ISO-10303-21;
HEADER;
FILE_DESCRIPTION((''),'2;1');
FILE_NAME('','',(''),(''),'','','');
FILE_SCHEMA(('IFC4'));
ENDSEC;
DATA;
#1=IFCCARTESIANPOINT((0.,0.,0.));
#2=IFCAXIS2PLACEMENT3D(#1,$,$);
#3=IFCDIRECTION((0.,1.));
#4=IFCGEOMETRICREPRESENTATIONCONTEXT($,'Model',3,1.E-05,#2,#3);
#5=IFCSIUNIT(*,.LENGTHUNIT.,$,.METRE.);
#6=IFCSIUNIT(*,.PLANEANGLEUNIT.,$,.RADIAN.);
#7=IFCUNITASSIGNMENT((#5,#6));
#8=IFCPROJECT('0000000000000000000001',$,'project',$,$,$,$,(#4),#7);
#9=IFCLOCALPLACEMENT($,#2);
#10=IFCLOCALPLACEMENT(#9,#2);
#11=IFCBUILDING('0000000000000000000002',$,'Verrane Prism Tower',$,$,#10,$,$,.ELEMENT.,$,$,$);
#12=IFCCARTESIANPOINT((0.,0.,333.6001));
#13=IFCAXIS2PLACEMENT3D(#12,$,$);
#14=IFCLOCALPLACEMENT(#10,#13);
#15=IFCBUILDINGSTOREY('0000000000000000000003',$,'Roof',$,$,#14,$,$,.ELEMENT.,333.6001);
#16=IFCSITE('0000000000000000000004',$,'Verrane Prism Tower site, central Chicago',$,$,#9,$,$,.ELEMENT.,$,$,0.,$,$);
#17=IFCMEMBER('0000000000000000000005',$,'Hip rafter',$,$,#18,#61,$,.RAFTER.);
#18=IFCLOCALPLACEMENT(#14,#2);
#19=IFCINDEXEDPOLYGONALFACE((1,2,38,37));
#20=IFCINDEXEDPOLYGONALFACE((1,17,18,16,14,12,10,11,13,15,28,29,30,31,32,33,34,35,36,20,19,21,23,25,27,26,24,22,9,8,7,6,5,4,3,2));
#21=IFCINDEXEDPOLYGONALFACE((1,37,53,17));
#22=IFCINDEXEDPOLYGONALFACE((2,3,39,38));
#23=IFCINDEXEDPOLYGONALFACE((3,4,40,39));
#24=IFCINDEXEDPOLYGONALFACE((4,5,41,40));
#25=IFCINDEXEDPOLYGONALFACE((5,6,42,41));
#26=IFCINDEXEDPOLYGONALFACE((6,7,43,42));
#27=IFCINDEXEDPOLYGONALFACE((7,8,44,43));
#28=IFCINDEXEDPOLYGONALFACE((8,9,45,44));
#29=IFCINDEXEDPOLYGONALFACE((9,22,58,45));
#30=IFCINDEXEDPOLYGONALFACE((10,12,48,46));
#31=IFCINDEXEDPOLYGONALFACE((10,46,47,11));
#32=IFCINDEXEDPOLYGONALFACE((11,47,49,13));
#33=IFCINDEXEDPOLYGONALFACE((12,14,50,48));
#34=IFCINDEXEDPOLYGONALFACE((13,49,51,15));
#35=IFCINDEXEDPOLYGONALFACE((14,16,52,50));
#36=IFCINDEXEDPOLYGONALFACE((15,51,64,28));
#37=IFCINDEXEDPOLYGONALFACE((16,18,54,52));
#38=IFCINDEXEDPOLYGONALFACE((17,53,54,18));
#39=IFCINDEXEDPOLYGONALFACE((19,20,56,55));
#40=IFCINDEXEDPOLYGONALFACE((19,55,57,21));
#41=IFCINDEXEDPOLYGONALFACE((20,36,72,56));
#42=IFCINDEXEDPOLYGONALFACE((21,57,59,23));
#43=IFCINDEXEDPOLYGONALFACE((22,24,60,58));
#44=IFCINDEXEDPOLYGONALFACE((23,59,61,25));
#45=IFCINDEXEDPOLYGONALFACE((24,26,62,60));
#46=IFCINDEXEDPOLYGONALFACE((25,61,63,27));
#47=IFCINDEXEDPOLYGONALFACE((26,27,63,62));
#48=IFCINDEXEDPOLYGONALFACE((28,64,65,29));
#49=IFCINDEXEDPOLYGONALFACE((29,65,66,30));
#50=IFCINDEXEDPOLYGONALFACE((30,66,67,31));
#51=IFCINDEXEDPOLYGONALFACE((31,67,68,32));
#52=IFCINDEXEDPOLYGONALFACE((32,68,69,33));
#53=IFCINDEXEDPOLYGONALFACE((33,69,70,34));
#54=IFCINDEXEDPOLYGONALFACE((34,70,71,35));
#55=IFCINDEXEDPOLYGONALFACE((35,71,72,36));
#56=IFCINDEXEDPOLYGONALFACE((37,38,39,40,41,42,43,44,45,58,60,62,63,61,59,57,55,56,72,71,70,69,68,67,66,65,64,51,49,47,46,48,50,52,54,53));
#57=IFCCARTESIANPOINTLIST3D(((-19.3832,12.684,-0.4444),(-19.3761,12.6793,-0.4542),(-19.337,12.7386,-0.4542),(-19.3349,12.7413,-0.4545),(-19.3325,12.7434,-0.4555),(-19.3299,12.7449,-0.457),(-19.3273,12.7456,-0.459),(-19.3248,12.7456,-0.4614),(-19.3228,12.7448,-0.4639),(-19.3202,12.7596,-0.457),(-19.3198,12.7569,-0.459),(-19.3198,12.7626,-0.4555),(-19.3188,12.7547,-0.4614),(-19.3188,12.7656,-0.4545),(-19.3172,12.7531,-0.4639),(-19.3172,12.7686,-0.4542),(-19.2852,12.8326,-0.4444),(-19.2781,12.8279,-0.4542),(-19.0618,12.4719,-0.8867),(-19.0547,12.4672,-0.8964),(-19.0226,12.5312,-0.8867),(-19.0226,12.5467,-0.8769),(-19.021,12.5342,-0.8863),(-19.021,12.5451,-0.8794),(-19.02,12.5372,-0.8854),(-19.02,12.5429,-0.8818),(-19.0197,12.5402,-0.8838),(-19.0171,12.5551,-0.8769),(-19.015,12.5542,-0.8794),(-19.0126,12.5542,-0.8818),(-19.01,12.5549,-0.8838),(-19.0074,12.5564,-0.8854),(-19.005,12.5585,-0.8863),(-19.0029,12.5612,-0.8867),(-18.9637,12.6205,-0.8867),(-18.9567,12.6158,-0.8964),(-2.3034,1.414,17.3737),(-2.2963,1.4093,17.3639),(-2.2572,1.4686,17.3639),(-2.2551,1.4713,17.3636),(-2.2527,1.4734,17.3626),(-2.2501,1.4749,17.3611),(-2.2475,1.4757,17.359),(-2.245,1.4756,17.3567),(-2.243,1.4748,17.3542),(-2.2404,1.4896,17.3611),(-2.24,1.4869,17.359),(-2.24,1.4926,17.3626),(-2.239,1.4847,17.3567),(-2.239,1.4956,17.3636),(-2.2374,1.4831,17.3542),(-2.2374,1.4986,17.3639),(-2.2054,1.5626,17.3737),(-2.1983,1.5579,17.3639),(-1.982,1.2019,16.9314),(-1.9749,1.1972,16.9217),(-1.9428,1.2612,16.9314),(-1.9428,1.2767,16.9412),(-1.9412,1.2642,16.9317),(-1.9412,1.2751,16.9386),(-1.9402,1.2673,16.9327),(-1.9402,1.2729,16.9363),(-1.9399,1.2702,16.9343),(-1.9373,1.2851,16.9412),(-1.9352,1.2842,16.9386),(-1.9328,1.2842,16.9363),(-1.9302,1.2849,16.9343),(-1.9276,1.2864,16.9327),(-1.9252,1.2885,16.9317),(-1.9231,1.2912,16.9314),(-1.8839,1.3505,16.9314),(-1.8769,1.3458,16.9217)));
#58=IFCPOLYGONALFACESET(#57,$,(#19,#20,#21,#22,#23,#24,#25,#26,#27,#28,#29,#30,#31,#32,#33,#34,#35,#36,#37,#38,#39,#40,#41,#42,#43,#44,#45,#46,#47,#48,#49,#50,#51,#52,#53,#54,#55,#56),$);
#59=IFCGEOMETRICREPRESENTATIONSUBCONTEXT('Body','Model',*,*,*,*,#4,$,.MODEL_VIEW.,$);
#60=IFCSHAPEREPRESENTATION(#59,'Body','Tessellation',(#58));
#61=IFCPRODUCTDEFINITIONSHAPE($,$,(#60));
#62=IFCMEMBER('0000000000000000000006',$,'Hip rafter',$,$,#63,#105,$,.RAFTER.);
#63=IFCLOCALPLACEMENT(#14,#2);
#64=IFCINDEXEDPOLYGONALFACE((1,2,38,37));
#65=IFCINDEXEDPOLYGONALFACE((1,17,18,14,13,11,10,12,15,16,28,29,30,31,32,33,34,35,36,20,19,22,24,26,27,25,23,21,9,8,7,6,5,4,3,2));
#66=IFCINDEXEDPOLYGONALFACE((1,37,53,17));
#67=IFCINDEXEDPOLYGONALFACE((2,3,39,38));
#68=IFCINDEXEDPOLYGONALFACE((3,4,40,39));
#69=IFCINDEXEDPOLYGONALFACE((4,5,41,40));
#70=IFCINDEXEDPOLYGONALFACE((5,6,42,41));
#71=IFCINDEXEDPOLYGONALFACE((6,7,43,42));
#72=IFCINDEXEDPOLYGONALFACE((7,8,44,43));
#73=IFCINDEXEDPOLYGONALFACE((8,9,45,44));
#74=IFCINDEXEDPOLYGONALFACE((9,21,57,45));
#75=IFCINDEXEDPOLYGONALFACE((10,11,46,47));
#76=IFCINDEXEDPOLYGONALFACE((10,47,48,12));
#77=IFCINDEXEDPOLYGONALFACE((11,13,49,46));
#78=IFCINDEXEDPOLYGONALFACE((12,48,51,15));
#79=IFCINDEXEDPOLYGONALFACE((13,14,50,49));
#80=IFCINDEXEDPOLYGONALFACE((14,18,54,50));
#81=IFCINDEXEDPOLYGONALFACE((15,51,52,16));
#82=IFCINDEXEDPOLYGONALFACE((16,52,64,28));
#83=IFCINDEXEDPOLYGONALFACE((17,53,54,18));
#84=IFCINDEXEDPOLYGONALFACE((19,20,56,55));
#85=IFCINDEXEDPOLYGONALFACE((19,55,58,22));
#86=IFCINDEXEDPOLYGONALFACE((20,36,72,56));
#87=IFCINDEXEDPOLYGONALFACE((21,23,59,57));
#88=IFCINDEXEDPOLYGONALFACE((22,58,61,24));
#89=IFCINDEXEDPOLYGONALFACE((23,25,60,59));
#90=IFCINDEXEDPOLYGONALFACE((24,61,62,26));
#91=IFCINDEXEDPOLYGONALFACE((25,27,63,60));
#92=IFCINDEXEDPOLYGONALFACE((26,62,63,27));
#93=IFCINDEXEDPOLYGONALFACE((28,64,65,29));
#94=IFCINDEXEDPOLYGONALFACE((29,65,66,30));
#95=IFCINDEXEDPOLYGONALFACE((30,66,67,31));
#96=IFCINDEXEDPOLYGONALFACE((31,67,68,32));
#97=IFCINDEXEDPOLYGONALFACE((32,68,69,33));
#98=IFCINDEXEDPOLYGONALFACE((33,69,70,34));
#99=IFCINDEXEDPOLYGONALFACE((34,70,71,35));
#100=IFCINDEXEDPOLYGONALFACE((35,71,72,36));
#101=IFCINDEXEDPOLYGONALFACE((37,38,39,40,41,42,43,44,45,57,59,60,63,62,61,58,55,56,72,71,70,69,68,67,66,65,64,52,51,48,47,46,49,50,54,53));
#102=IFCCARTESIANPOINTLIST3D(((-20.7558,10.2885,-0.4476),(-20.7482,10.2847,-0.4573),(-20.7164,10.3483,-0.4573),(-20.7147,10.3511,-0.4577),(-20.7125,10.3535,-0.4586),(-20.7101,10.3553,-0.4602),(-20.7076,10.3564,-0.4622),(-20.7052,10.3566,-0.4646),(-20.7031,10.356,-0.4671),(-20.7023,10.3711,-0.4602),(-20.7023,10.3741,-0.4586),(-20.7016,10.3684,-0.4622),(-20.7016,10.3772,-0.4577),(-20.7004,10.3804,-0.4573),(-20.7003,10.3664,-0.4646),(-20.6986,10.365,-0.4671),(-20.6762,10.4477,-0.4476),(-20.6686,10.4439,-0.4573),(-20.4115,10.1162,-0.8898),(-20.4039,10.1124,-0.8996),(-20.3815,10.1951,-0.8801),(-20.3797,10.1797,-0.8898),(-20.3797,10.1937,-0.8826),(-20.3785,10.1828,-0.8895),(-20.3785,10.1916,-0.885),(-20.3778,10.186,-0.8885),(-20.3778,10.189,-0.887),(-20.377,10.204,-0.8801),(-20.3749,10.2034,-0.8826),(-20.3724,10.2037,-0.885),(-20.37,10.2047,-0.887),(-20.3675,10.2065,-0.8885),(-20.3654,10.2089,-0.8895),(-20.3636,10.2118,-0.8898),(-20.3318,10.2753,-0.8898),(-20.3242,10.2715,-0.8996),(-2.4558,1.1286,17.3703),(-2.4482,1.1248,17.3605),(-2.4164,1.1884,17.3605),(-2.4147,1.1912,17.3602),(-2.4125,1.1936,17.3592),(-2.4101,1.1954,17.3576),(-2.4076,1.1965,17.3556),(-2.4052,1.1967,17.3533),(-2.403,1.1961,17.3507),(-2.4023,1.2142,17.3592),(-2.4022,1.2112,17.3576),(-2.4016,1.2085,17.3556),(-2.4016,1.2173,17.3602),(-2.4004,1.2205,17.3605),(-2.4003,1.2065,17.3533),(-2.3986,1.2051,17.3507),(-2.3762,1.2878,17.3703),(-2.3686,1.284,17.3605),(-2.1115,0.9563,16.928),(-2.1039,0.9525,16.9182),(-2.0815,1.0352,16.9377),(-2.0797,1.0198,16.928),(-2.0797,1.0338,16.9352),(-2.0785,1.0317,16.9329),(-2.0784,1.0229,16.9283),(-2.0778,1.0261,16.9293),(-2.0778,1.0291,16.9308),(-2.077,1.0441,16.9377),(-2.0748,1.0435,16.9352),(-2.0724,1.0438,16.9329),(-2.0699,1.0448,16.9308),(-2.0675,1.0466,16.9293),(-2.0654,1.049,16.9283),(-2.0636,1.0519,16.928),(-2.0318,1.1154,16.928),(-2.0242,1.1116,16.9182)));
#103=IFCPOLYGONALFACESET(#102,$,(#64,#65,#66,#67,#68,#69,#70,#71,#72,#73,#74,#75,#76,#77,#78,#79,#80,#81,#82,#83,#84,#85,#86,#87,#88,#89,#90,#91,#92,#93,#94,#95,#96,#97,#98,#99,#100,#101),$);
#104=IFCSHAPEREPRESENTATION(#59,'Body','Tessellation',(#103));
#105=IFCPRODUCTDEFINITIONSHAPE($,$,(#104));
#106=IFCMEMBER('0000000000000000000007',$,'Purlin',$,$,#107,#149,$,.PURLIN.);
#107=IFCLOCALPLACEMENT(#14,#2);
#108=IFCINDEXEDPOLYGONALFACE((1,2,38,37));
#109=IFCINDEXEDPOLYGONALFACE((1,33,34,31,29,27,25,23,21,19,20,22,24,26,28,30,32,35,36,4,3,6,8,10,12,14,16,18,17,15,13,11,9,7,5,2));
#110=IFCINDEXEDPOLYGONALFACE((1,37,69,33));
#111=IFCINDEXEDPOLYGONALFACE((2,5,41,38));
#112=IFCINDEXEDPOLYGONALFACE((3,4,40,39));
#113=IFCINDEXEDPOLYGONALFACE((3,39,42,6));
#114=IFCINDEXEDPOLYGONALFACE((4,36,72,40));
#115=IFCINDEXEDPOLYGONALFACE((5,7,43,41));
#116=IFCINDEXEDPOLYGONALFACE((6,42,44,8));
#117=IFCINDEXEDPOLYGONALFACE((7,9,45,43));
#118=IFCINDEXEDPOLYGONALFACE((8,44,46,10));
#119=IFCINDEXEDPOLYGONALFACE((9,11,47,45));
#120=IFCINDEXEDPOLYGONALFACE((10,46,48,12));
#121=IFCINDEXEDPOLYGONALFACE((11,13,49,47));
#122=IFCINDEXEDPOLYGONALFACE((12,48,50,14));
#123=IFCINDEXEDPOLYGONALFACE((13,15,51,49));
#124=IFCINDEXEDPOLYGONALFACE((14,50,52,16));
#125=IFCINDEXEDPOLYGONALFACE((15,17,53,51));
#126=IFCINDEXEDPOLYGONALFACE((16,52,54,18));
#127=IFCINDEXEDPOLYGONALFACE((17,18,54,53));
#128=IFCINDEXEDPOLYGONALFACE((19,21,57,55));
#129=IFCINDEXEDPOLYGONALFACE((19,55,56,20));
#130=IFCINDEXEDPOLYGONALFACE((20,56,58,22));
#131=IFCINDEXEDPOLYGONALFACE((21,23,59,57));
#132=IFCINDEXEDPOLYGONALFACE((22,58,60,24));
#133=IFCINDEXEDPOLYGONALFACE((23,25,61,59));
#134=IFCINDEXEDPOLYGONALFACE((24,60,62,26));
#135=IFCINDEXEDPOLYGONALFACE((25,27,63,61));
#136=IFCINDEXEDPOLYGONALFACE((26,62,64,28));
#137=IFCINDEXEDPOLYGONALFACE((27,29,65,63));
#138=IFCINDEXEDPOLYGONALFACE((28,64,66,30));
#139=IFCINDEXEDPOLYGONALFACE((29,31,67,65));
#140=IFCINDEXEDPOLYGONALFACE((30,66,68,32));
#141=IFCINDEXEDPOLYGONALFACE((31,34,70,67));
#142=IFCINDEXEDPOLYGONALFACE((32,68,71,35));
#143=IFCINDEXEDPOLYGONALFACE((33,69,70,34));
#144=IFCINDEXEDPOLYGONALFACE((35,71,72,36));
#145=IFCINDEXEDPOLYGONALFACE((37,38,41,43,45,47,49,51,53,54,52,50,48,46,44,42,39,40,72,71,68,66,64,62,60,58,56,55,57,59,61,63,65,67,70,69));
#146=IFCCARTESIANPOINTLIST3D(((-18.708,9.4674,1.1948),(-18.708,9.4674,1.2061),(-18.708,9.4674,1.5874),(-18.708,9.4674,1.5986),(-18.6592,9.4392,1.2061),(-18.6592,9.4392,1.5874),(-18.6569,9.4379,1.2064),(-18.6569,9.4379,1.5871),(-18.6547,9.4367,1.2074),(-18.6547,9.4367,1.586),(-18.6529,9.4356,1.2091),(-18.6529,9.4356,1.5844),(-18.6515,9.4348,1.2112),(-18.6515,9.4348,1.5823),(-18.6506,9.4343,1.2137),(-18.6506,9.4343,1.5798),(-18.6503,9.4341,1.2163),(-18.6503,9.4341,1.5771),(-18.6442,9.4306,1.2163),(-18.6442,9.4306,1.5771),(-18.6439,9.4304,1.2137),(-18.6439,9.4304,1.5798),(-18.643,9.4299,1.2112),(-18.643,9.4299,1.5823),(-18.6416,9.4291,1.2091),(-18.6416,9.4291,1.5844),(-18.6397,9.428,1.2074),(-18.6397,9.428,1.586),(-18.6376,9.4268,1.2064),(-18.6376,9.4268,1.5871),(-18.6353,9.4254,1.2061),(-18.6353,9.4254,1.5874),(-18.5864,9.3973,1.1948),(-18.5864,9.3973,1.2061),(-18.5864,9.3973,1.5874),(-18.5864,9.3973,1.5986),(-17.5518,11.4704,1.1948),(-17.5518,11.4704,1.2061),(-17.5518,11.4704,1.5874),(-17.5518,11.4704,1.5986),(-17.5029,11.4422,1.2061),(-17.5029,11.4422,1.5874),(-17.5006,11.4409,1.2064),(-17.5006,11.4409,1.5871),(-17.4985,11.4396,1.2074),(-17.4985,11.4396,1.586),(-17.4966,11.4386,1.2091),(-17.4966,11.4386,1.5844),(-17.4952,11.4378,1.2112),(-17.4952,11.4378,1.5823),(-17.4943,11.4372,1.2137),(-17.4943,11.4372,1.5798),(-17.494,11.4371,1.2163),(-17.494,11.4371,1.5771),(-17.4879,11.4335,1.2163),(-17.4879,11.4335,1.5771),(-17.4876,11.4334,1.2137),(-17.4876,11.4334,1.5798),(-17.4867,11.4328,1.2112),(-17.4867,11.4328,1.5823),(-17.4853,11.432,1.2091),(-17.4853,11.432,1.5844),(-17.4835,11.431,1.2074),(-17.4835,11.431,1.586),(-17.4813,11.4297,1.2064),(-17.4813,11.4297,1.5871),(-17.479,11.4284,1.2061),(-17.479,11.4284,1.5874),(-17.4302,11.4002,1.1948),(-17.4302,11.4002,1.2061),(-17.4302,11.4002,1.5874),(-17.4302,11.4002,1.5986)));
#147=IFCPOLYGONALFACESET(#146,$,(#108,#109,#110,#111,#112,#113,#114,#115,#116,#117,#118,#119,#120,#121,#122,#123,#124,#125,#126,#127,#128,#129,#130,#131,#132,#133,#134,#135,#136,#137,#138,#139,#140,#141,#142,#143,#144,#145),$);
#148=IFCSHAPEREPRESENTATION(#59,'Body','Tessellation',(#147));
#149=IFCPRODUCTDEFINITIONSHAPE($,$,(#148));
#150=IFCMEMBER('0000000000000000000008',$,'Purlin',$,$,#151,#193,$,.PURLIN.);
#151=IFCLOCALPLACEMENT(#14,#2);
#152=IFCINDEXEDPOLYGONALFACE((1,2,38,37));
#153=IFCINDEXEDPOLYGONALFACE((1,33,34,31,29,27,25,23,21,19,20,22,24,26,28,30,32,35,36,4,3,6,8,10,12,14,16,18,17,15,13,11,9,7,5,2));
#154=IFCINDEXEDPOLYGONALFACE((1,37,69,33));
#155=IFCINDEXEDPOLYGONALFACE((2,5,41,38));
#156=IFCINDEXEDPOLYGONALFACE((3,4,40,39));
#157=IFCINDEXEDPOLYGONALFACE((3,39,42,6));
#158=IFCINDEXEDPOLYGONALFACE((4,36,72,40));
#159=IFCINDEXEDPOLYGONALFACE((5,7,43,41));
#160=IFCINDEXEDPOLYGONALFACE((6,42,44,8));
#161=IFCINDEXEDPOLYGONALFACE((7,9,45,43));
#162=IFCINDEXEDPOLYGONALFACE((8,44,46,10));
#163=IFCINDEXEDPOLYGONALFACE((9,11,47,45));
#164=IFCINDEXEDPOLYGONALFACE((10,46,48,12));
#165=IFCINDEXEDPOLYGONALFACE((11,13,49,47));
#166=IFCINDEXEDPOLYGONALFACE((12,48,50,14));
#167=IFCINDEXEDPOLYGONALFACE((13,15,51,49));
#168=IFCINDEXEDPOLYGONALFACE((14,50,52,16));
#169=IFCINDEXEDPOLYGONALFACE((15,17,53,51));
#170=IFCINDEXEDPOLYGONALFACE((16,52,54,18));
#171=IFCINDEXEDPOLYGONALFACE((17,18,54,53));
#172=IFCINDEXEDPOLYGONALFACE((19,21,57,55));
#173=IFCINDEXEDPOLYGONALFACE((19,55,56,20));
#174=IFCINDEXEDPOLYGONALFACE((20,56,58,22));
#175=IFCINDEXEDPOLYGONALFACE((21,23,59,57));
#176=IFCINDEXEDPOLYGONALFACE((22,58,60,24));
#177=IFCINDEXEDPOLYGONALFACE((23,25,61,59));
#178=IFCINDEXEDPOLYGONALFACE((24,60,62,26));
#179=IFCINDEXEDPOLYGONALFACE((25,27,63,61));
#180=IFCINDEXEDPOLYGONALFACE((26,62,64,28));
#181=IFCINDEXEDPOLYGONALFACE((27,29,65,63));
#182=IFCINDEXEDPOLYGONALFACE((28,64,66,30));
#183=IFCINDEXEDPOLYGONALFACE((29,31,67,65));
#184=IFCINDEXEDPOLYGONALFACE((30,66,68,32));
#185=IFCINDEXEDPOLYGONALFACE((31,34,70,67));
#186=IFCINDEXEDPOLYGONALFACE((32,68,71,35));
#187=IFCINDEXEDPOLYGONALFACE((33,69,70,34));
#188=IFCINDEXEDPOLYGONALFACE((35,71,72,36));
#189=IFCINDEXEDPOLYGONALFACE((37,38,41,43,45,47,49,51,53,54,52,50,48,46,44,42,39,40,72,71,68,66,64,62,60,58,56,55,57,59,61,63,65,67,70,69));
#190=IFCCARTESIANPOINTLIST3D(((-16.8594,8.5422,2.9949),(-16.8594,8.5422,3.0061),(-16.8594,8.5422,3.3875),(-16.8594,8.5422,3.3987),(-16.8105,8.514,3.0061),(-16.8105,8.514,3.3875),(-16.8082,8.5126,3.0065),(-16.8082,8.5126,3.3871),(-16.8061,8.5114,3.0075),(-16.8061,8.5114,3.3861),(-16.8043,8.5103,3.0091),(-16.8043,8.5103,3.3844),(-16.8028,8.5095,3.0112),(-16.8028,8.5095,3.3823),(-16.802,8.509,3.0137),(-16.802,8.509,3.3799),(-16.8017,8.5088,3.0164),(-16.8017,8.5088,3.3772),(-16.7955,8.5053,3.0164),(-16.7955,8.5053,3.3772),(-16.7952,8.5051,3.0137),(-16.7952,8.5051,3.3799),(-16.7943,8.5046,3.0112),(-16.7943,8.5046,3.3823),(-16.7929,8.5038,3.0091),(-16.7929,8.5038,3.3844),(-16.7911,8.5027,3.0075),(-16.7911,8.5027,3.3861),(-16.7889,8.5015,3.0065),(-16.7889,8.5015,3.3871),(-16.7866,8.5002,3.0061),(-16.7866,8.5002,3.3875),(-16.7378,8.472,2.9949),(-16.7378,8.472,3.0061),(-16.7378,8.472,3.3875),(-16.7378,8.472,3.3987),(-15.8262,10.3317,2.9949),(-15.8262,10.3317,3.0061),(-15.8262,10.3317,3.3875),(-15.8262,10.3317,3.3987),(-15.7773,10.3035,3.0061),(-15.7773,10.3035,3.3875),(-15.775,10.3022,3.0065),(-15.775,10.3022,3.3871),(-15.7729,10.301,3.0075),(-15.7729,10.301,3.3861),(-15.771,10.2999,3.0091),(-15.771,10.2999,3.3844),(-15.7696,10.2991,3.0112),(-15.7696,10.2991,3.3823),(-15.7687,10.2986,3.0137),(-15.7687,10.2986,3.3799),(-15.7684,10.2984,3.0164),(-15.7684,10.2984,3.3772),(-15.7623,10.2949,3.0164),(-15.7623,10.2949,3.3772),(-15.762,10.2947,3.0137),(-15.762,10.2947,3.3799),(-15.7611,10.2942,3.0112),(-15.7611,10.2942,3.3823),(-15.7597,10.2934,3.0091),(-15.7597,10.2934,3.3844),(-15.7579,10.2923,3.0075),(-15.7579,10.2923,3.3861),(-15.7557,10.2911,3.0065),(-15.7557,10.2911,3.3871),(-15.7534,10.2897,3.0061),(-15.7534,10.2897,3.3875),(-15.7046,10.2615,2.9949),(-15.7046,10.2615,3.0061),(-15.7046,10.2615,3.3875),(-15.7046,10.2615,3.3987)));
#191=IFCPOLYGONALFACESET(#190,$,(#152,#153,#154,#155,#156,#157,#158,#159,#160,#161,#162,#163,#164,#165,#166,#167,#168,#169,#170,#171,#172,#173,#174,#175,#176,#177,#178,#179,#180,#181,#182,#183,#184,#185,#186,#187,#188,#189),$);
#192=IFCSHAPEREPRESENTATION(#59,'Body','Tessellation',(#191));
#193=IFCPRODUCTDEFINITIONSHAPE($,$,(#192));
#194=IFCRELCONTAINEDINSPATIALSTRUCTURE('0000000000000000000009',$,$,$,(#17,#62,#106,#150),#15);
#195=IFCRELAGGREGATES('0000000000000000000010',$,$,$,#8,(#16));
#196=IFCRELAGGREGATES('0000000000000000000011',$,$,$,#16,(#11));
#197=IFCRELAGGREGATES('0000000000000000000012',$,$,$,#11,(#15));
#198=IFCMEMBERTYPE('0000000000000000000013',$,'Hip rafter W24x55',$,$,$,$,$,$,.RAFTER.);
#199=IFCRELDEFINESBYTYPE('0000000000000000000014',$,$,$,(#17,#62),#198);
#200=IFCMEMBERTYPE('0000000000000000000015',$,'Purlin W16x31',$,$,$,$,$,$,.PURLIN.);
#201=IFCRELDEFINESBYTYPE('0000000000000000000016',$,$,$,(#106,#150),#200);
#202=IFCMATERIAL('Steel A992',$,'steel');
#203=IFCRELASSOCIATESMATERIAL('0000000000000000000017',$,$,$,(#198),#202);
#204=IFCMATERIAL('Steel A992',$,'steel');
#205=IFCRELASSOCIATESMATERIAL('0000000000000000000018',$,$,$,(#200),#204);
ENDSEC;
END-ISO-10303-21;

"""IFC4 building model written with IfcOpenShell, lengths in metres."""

from ifc_helpers import new_model, si_unit, direction, frame, origin, origin_2d, place, context, subcontext, project, spatial, i_section, extrude, material, material_profile, profile_set, type_object, element, save


model = new_model("IFC4")

# Units and contexts
model_context = context("Model", 3, precision=1e-05, world=origin(), true_north=direction((0.0, 1.0)))
body_context = subcontext(model_context, "Body", "Model", "MODEL_VIEW")
ifc_project = project(units=[si_unit("LENGTHUNIT", "METRE"), si_unit("PLANEANGLEUNIT", "RADIAN")], contexts=[model_context])

# Site, building, storey
site_placement = place(None, origin())
site = spatial("IfcSite", under=ifc_project, at=site_placement, Name="Verrane Prism Tower site, central Chicago", CompositionType="ELEMENT", RefElevation=0.0)
building_placement = place(site_placement, origin())
building = spatial("IfcBuilding", under=site, at=building_placement, Name="Verrane Prism Tower", CompositionType="ELEMENT")
storey_placement = place(building_placement, frame((0.0, 0.0, 333.6001)))
storey = spatial("IfcBuildingStorey", under=building, at=storey_placement, Name="Roof", CompositionType="ELEMENT", Elevation=333.6001)

# Members
ifc_material_1 = material(Name="Steel A992", Category="steel")
ifc_material_profile_1 = material_profile(ifc_material_1, i_section(OverallWidth=0.178, OverallDepth=0.5994, WebThickness=0.01, FlangeThickness=0.0129, FilletRadius=0.0129, at=origin_2d()), Name="W24x55")
ifc_profile_set_1 = profile_set([ifc_material_profile_1], Name="Steel A992")
member_type_1 = type_object("IfcMemberType", Name="Hip rafter W24x55", PredefinedType="RAFTER", material=ifc_profile_set_1)
member_1_placement = place(storey_placement, frame((-19.1699, 12.6499, -0.6704), z_axis=(0.629477, -0.415357, 0.656687), x_axis=(0.550751, 0.834669, 0.0)))
element("IfcMember", 1, at=member_1_placement, inside=storey, type_object=member_type_1, Name="Hip rafter", PredefinedType="RAFTER", context=body_context, shape_type="SweptSolid", body=[
    extrude(i_section(OverallWidth=0.178, OverallDepth=0.5994, WebThickness=0.01, FlangeThickness=0.0129, FilletRadius=0.0129, at=origin_2d()), origin(), (0.0, 0.0, 1.0), 27.1333),
])
member_2_placement = place(storey_placement, frame((-20.54, 10.28, -0.6736), z_axis=(0.674424, -0.337576, 0.656654), x_axis=(0.4476, 0.894234, 0.0)))
element("IfcMember", 2, at=member_2_placement, inside=storey, type_object=member_type_1, Name="Hip rafter", PredefinedType="RAFTER", context=body_context, shape_type="SweptSolid", body=[
    extrude(i_section(OverallWidth=0.178, OverallDepth=0.5994, WebThickness=0.01, FlangeThickness=0.0129, FilletRadius=0.0129, at=origin_2d()), origin(), (0.0, 0.0, 1.0), 27.1343),
])
ifc_material_2 = material(Name="Steel A992", Category="steel")
ifc_material_profile_2 = material_profile(ifc_material_2, i_section(OverallWidth=0.1404, OverallDepth=0.4038, WebThickness=0.0071, FlangeThickness=0.0112, FilletRadius=0.0103, at=origin_2d()), Name="W16x31")
ifc_profile_set_2 = profile_set([ifc_material_profile_2], Name="Steel A992")
member_type_2 = type_object("IfcMemberType", Name="Purlin W16x31", PredefinedType="PURLIN", material=ifc_profile_set_2)
member_3_placement = place(storey_placement, frame((-17.491, 11.4353, 1.3967), z_axis=(-0.499954, -0.866052, 0.0), x_axis=(0.866052, -0.499954, 0.0)))
element("IfcMember", 3, at=member_3_placement, inside=storey, type_object=member_type_2, Name="Purlin", PredefinedType="PURLIN", context=body_context, shape_type="SweptSolid", body=[
    extrude(i_section(OverallWidth=0.1404, OverallDepth=0.4038, WebThickness=0.0071, FlangeThickness=0.0112, FilletRadius=0.0103, at=origin_2d()), origin(), (0.0, 0.0, 1.0), 2.3127),
])
member_4_placement = place(storey_placement, frame((-15.7654, 10.2966, 3.1968), z_axis=(-0.500002, -0.866024, 0.0), x_axis=(0.866024, -0.500002, 0.0)))
element("IfcMember", 4, at=member_4_placement, inside=storey, type_object=member_type_2, Name="Purlin", PredefinedType="PURLIN", context=body_context, shape_type="SweptSolid", body=[
    extrude(i_section(OverallWidth=0.1404, OverallDepth=0.4038, WebThickness=0.0071, FlangeThickness=0.0112, FilletRadius=0.0103, at=origin_2d()), origin(), (0.0, 0.0, 1.0), 2.0664),
])

save(model, "model.ifc")
